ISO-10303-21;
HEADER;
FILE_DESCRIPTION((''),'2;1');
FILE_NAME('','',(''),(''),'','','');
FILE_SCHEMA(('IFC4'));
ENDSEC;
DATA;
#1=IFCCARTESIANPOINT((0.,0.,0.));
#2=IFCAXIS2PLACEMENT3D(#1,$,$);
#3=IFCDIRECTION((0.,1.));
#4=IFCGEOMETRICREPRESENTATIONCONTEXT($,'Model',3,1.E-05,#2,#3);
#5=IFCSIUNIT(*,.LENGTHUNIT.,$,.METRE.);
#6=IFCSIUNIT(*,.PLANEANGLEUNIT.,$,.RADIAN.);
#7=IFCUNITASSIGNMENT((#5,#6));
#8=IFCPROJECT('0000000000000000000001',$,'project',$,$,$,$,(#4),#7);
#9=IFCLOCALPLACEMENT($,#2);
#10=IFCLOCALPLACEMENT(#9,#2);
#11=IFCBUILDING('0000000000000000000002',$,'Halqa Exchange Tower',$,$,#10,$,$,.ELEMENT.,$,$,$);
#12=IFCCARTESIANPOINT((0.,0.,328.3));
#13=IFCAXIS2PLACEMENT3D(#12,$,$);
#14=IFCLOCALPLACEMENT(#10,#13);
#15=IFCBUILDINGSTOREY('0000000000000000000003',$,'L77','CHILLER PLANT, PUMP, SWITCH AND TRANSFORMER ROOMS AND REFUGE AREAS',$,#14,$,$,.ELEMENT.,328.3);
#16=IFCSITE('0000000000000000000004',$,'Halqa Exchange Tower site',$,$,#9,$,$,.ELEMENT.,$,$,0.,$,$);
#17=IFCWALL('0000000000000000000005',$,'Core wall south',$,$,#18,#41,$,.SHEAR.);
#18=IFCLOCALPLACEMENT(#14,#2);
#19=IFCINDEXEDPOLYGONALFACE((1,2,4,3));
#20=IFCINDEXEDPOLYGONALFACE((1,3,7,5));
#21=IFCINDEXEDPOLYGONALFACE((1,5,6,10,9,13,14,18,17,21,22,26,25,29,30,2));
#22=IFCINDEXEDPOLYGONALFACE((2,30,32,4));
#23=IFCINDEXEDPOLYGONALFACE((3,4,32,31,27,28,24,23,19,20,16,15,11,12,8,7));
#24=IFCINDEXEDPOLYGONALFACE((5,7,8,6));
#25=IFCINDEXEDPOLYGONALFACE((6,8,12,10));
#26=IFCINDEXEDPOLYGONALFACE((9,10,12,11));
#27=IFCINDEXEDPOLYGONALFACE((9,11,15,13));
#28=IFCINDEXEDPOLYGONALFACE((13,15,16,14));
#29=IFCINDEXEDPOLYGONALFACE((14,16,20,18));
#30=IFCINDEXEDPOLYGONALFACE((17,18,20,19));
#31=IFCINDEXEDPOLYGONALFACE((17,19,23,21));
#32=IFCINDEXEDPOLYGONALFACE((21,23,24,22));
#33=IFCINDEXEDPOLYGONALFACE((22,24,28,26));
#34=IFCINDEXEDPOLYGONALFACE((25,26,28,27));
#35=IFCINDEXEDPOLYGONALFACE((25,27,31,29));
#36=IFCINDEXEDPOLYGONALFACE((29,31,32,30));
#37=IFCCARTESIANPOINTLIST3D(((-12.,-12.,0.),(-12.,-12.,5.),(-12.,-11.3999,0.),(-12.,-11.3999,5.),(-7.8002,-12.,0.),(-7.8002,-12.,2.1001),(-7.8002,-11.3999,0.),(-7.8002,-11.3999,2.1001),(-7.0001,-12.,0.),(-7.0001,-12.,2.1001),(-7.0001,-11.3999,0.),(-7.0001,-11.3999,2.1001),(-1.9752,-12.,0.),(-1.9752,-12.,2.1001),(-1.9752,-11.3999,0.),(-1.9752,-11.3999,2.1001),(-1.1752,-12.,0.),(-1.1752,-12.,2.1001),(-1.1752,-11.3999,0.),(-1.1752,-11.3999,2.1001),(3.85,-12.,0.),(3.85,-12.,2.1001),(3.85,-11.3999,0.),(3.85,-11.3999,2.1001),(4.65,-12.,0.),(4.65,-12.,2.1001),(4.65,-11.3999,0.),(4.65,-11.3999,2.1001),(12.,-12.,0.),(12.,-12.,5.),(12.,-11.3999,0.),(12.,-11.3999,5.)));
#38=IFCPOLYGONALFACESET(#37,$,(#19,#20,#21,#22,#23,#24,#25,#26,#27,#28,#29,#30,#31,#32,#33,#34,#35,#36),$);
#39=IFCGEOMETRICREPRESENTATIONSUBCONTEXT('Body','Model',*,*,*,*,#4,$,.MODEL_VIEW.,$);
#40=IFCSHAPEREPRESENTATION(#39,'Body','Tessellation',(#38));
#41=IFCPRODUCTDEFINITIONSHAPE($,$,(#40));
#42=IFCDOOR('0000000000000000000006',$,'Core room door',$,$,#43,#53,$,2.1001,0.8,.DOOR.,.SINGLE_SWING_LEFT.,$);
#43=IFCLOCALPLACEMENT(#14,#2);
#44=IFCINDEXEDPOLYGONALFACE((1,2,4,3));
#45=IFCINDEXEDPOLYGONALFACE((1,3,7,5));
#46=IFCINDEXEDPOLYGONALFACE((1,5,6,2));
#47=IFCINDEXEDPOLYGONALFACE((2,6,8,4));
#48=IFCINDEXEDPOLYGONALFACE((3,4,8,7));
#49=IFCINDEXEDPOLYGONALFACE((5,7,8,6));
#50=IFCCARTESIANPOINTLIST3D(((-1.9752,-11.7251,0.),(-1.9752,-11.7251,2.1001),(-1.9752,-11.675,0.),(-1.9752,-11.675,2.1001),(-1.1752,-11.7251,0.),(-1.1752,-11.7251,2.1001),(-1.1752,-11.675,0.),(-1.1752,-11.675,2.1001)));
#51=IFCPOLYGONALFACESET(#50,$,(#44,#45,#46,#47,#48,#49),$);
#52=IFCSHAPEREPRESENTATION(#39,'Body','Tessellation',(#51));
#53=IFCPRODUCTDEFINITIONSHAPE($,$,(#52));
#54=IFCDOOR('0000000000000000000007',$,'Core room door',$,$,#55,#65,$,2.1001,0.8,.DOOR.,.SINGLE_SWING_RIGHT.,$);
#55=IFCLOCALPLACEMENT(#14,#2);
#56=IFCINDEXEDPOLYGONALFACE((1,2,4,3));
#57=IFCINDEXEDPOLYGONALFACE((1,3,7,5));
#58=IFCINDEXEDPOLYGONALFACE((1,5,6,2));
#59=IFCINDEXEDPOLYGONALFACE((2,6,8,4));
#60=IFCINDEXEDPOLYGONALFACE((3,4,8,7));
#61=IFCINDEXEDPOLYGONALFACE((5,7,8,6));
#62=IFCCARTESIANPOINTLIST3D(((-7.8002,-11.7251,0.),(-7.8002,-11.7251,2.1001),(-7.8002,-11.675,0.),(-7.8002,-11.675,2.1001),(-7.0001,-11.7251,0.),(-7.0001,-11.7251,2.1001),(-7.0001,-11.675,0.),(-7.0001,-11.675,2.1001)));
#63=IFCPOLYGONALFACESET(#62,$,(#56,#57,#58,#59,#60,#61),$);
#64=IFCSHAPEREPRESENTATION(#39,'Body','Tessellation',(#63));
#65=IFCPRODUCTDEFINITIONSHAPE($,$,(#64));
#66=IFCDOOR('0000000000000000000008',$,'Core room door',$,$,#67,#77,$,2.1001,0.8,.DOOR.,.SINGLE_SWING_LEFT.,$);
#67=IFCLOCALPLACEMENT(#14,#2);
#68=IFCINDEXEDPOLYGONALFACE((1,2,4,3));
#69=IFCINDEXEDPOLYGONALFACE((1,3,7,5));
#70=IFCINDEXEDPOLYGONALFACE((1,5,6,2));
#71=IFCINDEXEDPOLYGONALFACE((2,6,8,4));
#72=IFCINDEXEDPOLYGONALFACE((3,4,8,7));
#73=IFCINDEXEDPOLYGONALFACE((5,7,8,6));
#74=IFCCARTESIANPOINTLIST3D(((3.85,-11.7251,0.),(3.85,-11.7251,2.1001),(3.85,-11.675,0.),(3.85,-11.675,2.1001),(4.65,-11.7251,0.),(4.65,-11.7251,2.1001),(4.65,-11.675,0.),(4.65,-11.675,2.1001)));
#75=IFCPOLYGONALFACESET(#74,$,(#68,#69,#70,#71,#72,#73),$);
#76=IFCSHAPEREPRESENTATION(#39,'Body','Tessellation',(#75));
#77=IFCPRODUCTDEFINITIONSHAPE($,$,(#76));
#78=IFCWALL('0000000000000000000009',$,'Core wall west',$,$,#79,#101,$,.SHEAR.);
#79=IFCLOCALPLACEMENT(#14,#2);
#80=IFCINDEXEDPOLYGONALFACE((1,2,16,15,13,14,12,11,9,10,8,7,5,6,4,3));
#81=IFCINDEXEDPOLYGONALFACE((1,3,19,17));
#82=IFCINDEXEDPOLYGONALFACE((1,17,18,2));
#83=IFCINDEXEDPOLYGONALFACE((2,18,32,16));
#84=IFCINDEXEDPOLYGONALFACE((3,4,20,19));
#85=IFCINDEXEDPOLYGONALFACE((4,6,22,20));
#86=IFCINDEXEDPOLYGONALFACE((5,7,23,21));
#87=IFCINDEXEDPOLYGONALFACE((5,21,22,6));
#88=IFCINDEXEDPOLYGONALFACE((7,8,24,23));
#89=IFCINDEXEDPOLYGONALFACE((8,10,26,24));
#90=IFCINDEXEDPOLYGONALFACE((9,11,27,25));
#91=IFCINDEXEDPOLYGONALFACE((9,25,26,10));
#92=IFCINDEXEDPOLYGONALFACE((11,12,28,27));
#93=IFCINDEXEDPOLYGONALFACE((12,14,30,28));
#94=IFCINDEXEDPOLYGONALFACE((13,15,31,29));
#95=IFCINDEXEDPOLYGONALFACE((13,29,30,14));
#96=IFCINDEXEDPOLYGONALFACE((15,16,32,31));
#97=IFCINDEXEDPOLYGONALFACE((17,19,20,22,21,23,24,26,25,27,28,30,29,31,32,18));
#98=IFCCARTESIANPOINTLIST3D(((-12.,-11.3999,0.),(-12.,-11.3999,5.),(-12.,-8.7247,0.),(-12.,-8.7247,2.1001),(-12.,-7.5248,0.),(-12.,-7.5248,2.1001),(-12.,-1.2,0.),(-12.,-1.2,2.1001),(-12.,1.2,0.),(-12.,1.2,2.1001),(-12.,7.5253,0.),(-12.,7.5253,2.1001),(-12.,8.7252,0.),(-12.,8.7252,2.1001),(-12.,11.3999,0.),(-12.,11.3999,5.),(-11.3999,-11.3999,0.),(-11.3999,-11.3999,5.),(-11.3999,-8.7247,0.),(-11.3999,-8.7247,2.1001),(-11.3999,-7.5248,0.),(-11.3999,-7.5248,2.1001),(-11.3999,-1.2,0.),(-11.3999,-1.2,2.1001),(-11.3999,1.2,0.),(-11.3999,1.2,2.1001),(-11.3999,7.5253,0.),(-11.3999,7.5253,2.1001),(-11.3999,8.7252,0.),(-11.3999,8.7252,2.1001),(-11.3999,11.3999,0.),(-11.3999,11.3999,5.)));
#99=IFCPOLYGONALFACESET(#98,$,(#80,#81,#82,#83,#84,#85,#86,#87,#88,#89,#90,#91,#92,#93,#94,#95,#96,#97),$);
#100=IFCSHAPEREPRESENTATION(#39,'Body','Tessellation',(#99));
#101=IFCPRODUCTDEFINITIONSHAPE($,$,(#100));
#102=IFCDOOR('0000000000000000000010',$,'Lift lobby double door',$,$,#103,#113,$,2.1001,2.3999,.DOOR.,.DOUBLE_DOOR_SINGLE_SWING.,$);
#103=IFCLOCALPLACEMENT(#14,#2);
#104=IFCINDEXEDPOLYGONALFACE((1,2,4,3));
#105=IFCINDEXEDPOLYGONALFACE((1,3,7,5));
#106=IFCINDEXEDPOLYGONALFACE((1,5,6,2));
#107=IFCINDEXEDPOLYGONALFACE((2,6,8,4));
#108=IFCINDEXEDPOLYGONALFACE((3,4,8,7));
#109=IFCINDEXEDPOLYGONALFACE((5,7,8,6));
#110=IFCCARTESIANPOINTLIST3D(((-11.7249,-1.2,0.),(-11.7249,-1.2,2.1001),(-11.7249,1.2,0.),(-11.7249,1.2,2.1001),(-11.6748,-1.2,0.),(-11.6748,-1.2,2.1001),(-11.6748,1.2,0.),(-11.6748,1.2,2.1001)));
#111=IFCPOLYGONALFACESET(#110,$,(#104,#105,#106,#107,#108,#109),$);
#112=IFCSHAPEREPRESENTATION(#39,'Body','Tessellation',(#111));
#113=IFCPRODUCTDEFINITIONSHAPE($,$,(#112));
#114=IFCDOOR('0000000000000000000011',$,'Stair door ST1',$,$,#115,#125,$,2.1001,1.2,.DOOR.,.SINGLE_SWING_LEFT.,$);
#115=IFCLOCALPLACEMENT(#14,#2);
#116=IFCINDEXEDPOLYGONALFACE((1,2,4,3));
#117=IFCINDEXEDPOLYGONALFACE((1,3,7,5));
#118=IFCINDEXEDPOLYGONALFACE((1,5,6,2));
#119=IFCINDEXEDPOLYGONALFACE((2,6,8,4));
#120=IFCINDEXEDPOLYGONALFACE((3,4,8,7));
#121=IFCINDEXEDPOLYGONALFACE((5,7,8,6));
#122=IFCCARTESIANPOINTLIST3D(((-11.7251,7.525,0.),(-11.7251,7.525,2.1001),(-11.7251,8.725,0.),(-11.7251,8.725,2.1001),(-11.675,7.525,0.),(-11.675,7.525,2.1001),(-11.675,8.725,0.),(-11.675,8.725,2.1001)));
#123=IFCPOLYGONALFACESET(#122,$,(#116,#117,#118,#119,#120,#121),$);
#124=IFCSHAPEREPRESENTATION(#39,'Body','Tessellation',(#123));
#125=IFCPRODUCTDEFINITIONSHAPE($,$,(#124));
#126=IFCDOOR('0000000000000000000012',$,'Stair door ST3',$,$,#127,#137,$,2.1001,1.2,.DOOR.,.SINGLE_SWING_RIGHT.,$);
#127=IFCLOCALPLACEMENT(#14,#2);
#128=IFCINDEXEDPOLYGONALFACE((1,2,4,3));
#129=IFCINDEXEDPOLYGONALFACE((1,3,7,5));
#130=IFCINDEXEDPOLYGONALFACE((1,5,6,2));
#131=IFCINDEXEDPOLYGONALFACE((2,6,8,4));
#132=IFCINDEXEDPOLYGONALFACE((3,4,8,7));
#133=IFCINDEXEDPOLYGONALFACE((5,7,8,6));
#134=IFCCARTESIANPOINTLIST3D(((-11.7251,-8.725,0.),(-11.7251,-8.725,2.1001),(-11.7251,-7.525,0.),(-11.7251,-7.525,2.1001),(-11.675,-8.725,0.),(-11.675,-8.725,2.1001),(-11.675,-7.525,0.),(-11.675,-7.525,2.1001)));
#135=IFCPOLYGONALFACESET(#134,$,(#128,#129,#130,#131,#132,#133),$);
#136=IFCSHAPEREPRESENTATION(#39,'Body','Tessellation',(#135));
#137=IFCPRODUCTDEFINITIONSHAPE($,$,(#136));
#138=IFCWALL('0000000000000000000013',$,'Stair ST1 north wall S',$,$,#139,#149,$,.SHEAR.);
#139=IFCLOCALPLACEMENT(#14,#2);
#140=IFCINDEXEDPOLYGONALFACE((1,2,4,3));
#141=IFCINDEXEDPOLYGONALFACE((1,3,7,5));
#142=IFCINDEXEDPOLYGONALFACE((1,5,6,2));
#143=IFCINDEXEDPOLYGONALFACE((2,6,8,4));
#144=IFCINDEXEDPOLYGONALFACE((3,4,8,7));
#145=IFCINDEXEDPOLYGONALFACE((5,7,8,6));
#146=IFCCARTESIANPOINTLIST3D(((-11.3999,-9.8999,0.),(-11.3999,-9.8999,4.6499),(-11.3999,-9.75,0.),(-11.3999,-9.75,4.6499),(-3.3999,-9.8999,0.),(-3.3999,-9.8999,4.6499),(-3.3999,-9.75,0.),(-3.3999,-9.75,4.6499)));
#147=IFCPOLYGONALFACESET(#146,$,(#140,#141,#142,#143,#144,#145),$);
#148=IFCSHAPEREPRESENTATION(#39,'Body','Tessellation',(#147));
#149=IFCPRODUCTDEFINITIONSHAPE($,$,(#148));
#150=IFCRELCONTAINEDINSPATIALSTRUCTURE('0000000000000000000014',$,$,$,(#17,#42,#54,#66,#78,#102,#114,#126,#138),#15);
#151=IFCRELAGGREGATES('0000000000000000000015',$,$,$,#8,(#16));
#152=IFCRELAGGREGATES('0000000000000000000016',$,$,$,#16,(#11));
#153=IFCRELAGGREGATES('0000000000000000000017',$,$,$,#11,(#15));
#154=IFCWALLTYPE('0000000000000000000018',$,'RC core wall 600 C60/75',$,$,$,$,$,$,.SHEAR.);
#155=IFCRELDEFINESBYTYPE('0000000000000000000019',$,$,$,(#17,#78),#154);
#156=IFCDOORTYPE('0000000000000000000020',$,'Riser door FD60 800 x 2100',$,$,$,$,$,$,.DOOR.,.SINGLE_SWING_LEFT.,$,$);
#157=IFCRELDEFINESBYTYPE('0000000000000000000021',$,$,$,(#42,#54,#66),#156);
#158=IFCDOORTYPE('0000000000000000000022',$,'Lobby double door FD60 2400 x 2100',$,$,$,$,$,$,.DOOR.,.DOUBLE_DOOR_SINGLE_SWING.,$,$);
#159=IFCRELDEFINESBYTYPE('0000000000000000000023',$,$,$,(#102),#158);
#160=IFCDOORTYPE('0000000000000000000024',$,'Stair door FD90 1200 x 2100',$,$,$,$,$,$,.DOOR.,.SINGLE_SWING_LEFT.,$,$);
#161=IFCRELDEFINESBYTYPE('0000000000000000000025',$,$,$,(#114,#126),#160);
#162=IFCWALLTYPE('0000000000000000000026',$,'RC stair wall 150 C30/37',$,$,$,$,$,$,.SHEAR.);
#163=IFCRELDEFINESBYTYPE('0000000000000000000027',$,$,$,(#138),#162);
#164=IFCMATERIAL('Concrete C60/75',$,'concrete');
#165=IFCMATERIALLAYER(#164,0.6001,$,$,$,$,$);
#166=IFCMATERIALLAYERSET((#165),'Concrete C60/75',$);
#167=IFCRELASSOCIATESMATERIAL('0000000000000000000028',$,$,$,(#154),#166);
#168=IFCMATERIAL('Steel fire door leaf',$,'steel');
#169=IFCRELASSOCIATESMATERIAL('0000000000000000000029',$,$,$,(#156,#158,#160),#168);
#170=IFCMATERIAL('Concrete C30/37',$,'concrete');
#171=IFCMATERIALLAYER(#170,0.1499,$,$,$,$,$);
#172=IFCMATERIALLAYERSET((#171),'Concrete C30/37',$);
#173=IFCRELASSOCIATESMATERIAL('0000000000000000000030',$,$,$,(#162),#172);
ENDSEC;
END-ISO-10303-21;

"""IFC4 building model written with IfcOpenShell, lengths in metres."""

from ifc_helpers import new_model, si_unit, direction, frame, frame_2d, origin, place, context, subcontext, project, spatial, rectangle, extrude, material, layer, layer_set, type_object, element, fill, save


model = new_model("IFC4")

# Units and contexts
model_context = context("Model", 3, precision=1e-05, world=origin(), true_north=direction((0.0, 1.0)))
body_context = subcontext(model_context, "Body", "Model", "MODEL_VIEW")
ifc_project = project(units=[si_unit("LENGTHUNIT", "METRE"), si_unit("PLANEANGLEUNIT", "RADIAN")], contexts=[model_context])

# Site, building, storey
site_placement = place(None, origin())
site = spatial("IfcSite", under=ifc_project, at=site_placement, Name="Halqa Exchange Tower site", CompositionType="ELEMENT", RefElevation=0.0)
building_placement = place(site_placement, origin())
building = spatial("IfcBuilding", under=site, at=building_placement, Name="Halqa Exchange Tower", CompositionType="ELEMENT")
storey_placement = place(building_placement, frame((0.0, 0.0, 328.3)))
storey = spatial("IfcBuildingStorey", under=building, at=storey_placement, Name="L77", Description="CHILLER PLANT, PUMP, SWITCH AND TRANSFORMER ROOMS AND REFUGE AREAS", CompositionType="ELEMENT", Elevation=328.3)

# Shared definitions
ifc_material_1 = material(Name="Steel fire door leaf", Category="steel")
ifc_material_2 = material(Name="Concrete C60/75", Category="concrete")

# Walls, openings, doors
ifc_layer_1 = layer(ifc_material_2, 0.6001)
ifc_layer_set_1 = layer_set([ifc_layer_1], Name="Concrete C60/75")
wall_type_1 = type_object("IfcWallType", Name="RC core wall 600 C60/75", PredefinedType="SHEAR", material=ifc_layer_set_1)
wall_1_placement = place(storey_placement, frame((-12.0, -11.7, 0.0), z_axis=(0.0, 0.0, 1.0), x_axis=(1.0, 0.0, 0.0)))
wall_1 = element("IfcWall", 1, at=wall_1_placement, inside=storey, type_object=wall_type_1, Name="Core wall south", PredefinedType="SHEAR", context=body_context, shape_type="SweptSolid", body=[
    extrude(rectangle(XDim=24.0, YDim=0.6001, at=frame_2d((12.0, 0.0))), origin(), (0.0, 0.0, 1.0), 5.0),
])
opening_1_placement = place(wall_1_placement, frame((10.0249, 0.0, 0.0)))
opening_1 = element("IfcOpeningElement", 2, at=opening_1_placement, cuts=wall_1, PredefinedType="OPENING", context=body_context, shape_type="SweptSolid", body=[
    extrude(rectangle(XDim=0.8, YDim=2.1001, at=frame_2d((0.3999, 1.05))), frame((0.0, 0.312, 0.0), z_axis=(0.0, -1.0, 0.0), x_axis=(1.0, 0.0, 0.0)), (0.0, 0.0, 1.0), 0.624),
])
opening_2_placement = place(wall_1_placement, frame((4.2, 0.0, 0.0)))
opening_2 = element("IfcOpeningElement", 3, at=opening_2_placement, cuts=wall_1, PredefinedType="OPENING", context=body_context, shape_type="SweptSolid", body=[
    extrude(rectangle(XDim=0.8, YDim=2.1001, at=frame_2d((0.3999, 1.05))), frame((0.0, 0.312, 0.0), z_axis=(0.0, -1.0, 0.0), x_axis=(1.0, 0.0, 0.0)), (0.0, 0.0, 1.0), 0.624),
])
opening_3_placement = place(wall_1_placement, frame((15.8501, 0.0, 0.0)))
opening_3 = element("IfcOpeningElement", 4, at=opening_3_placement, cuts=wall_1, PredefinedType="OPENING", context=body_context, shape_type="SweptSolid", body=[
    extrude(rectangle(XDim=0.8, YDim=2.1001, at=frame_2d((0.3999, 1.05))), frame((0.0, 0.312, 0.0), z_axis=(0.0, -1.0, 0.0), x_axis=(1.0, 0.0, 0.0)), (0.0, 0.0, 1.0), 0.624),
])
door_type_1 = type_object("IfcDoorType", Name="Riser door FD60 800 x 2100", OperationType="SINGLE_SWING_LEFT", PredefinedType="DOOR", material=ifc_material_1)
door_1_placement = place(opening_1_placement, origin())
door_1 = element("IfcDoor", 5, at=door_1_placement, inside=storey, type_object=door_type_1, Name="Core room door", OperationType="SINGLE_SWING_LEFT", OverallHeight=2.1001, OverallWidth=0.8, PredefinedType="DOOR", context=body_context, shape_type="SweptSolid", body=[
    extrude(rectangle(XDim=0.8, YDim=2.1001, at=frame_2d((0.3999, 1.05))), frame((0.0, 0.0249, 0.0), z_axis=(0.0, -1.0, 0.0), x_axis=(1.0, 0.0, 0.0)), (0.0, 0.0, 1.0), 0.05),
])
fill(opening_1, door_1)
door_2_placement = place(opening_2_placement, origin())
door_2 = element("IfcDoor", 6, at=door_2_placement, inside=storey, type_object=door_type_1, Name="Core room door", OperationType="SINGLE_SWING_RIGHT", OverallHeight=2.1001, OverallWidth=0.8, PredefinedType="DOOR", context=body_context, shape_type="SweptSolid", body=[
    extrude(rectangle(XDim=0.8, YDim=2.1001, at=frame_2d((0.3999, 1.05))), frame((0.0, 0.0249, 0.0), z_axis=(0.0, -1.0, 0.0), x_axis=(1.0, 0.0, 0.0)), (0.0, 0.0, 1.0), 0.05),
])
fill(opening_2, door_2)
door_3_placement = place(opening_3_placement, origin())
door_3 = element("IfcDoor", 7, at=door_3_placement, inside=storey, type_object=door_type_1, Name="Core room door", OperationType="SINGLE_SWING_LEFT", OverallHeight=2.1001, OverallWidth=0.8, PredefinedType="DOOR", context=body_context, shape_type="SweptSolid", body=[
    extrude(rectangle(XDim=0.8, YDim=2.1001, at=frame_2d((0.3999, 1.05))), frame((0.0, 0.0249, 0.0), z_axis=(0.0, -1.0, 0.0), x_axis=(1.0, 0.0, 0.0)), (0.0, 0.0, 1.0), 0.05),
])
fill(opening_3, door_3)
wall_2_placement = place(storey_placement, frame((-11.7, -11.3999, 0.0), z_axis=(0.0, 0.0, 1.0), x_axis=(0.0, 1.0, 0.0)))
wall_2 = element("IfcWall", 8, at=wall_2_placement, inside=storey, type_object=wall_type_1, Name="Core wall west", PredefinedType="SHEAR", context=body_context, shape_type="SweptSolid", body=[
    extrude(rectangle(XDim=22.7998, YDim=0.6001, at=frame_2d((11.3999, 0.0))), origin(), (0.0, 0.0, 1.0), 5.0),
])
opening_4_placement = place(wall_2_placement, frame((10.2, 0.0, 0.0)))
opening_4 = element("IfcOpeningElement", 9, at=opening_4_placement, cuts=wall_2, PredefinedType="OPENING", context=body_context, shape_type="SweptSolid", body=[
    extrude(rectangle(XDim=2.3999, YDim=2.1001, at=frame_2d((1.2, 1.05))), frame((0.0, 0.312, 0.0), z_axis=(0.0, -1.0, 0.0), x_axis=(1.0, 0.0, 0.0)), (0.0, 0.0, 1.0), 0.624),
])
opening_5_placement = place(wall_2_placement, frame((18.925, 0.0, 0.0)))
opening_5 = element("IfcOpeningElement", 10, at=opening_5_placement, cuts=wall_2, PredefinedType="OPENING", context=body_context, shape_type="SweptSolid", body=[
    extrude(rectangle(XDim=1.2, YDim=2.1001, at=frame_2d((0.6001, 1.05))), frame((0.0, 0.312, 0.0), z_axis=(0.0, -1.0, 0.0), x_axis=(1.0, 0.0, 0.0)), (0.0, 0.0, 1.0), 0.624),
])
opening_6_placement = place(wall_2_placement, frame((2.675, 0.0, 0.0)))
opening_6 = element("IfcOpeningElement", 11, at=opening_6_placement, cuts=wall_2, PredefinedType="OPENING", context=body_context, shape_type="SweptSolid", body=[
    extrude(rectangle(XDim=1.2, YDim=2.1001, at=frame_2d((0.6001, 1.05))), frame((0.0, 0.312, 0.0), z_axis=(0.0, -1.0, 0.0), x_axis=(1.0, 0.0, 0.0)), (0.0, 0.0, 1.0), 0.624),
])
door_type_2 = type_object("IfcDoorType", Name="Lobby double door FD60 2400 x 2100", OperationType="DOUBLE_DOOR_SINGLE_SWING", PredefinedType="DOOR", material=ifc_material_1)
door_4_placement = place(opening_4_placement, origin())
door_4 = element("IfcDoor", 12, at=door_4_placement, inside=storey, type_object=door_type_2, Name="Lift lobby double door", OperationType="DOUBLE_DOOR_SINGLE_SWING", OverallHeight=2.1001, OverallWidth=2.3999, PredefinedType="DOOR", context=body_context, shape_type="SweptSolid", body=[
    extrude(rectangle(XDim=2.3999, YDim=2.1001, at=frame_2d((1.2, 1.05))), frame((0.0, 0.0249, 0.0), z_axis=(0.0, -1.0, 0.0), x_axis=(1.0, 0.0, 0.0)), (0.0, 0.0, 1.0), 0.05),
])
fill(opening_4, door_4)
door_type_3 = type_object("IfcDoorType", Name="Stair door FD90 1200 x 2100", OperationType="SINGLE_SWING_LEFT", PredefinedType="DOOR", material=ifc_material_1)
door_5_placement = place(opening_5_placement, frame((1.2, 0.0, 0.0), z_axis=(0.0, 0.0, 1.0), x_axis=(-1.0, 0.0, 0.0)))
door_5 = element("IfcDoor", 13, at=door_5_placement, inside=storey, type_object=door_type_3, Name="Stair door ST1", OperationType="SINGLE_SWING_LEFT", OverallHeight=2.1001, OverallWidth=1.2, PredefinedType="DOOR", context=body_context, shape_type="SweptSolid", body=[
    extrude(rectangle(XDim=1.2, YDim=2.1001, at=frame_2d((0.6001, 1.05))), frame((0.0, 0.0249, 0.0), z_axis=(0.0, -1.0, 0.0), x_axis=(1.0, 0.0, 0.0)), (0.0, 0.0, 1.0), 0.05),
])
fill(opening_5, door_5)
door_6_placement = place(opening_6_placement, frame((1.2, 0.0, 0.0), z_axis=(0.0, 0.0, 1.0), x_axis=(-1.0, 0.0, 0.0)))
door_6 = element("IfcDoor", 14, at=door_6_placement, inside=storey, type_object=door_type_3, Name="Stair door ST3", OperationType="SINGLE_SWING_RIGHT", OverallHeight=2.1001, OverallWidth=1.2, PredefinedType="DOOR", context=body_context, shape_type="SweptSolid", body=[
    extrude(rectangle(XDim=1.2, YDim=2.1001, at=frame_2d((0.6001, 1.05))), frame((0.0, 0.0249, 0.0), z_axis=(0.0, -1.0, 0.0), x_axis=(1.0, 0.0, 0.0)), (0.0, 0.0, 1.0), 0.05),
])
fill(opening_6, door_6)

# Wall
ifc_material_3 = material(Name="Concrete C30/37", Category="concrete")
ifc_layer_2 = layer(ifc_material_3, 0.1499)
ifc_layer_set_2 = layer_set([ifc_layer_2], Name="Concrete C30/37")
wall_type_2 = type_object("IfcWallType", Name="RC stair wall 150 C30/37", PredefinedType="SHEAR", material=ifc_layer_set_2)
wall_3_placement = place(storey_placement, frame((-11.3999, -9.825, 0.0), z_axis=(0.0, 0.0, 1.0), x_axis=(1.0, 0.0, 0.0)))
element("IfcWall", 15, at=wall_3_placement, inside=storey, type_object=wall_type_2, Name="Stair ST1 north wall S", PredefinedType="SHEAR", context=body_context, shape_type="SweptSolid", body=[
    extrude(rectangle(XDim=8.0, YDim=0.1499, at=frame_2d((4.0, 0.0))), origin(), (0.0, 0.0, 1.0), 4.6499),
])

save(model, "model.ifc")
